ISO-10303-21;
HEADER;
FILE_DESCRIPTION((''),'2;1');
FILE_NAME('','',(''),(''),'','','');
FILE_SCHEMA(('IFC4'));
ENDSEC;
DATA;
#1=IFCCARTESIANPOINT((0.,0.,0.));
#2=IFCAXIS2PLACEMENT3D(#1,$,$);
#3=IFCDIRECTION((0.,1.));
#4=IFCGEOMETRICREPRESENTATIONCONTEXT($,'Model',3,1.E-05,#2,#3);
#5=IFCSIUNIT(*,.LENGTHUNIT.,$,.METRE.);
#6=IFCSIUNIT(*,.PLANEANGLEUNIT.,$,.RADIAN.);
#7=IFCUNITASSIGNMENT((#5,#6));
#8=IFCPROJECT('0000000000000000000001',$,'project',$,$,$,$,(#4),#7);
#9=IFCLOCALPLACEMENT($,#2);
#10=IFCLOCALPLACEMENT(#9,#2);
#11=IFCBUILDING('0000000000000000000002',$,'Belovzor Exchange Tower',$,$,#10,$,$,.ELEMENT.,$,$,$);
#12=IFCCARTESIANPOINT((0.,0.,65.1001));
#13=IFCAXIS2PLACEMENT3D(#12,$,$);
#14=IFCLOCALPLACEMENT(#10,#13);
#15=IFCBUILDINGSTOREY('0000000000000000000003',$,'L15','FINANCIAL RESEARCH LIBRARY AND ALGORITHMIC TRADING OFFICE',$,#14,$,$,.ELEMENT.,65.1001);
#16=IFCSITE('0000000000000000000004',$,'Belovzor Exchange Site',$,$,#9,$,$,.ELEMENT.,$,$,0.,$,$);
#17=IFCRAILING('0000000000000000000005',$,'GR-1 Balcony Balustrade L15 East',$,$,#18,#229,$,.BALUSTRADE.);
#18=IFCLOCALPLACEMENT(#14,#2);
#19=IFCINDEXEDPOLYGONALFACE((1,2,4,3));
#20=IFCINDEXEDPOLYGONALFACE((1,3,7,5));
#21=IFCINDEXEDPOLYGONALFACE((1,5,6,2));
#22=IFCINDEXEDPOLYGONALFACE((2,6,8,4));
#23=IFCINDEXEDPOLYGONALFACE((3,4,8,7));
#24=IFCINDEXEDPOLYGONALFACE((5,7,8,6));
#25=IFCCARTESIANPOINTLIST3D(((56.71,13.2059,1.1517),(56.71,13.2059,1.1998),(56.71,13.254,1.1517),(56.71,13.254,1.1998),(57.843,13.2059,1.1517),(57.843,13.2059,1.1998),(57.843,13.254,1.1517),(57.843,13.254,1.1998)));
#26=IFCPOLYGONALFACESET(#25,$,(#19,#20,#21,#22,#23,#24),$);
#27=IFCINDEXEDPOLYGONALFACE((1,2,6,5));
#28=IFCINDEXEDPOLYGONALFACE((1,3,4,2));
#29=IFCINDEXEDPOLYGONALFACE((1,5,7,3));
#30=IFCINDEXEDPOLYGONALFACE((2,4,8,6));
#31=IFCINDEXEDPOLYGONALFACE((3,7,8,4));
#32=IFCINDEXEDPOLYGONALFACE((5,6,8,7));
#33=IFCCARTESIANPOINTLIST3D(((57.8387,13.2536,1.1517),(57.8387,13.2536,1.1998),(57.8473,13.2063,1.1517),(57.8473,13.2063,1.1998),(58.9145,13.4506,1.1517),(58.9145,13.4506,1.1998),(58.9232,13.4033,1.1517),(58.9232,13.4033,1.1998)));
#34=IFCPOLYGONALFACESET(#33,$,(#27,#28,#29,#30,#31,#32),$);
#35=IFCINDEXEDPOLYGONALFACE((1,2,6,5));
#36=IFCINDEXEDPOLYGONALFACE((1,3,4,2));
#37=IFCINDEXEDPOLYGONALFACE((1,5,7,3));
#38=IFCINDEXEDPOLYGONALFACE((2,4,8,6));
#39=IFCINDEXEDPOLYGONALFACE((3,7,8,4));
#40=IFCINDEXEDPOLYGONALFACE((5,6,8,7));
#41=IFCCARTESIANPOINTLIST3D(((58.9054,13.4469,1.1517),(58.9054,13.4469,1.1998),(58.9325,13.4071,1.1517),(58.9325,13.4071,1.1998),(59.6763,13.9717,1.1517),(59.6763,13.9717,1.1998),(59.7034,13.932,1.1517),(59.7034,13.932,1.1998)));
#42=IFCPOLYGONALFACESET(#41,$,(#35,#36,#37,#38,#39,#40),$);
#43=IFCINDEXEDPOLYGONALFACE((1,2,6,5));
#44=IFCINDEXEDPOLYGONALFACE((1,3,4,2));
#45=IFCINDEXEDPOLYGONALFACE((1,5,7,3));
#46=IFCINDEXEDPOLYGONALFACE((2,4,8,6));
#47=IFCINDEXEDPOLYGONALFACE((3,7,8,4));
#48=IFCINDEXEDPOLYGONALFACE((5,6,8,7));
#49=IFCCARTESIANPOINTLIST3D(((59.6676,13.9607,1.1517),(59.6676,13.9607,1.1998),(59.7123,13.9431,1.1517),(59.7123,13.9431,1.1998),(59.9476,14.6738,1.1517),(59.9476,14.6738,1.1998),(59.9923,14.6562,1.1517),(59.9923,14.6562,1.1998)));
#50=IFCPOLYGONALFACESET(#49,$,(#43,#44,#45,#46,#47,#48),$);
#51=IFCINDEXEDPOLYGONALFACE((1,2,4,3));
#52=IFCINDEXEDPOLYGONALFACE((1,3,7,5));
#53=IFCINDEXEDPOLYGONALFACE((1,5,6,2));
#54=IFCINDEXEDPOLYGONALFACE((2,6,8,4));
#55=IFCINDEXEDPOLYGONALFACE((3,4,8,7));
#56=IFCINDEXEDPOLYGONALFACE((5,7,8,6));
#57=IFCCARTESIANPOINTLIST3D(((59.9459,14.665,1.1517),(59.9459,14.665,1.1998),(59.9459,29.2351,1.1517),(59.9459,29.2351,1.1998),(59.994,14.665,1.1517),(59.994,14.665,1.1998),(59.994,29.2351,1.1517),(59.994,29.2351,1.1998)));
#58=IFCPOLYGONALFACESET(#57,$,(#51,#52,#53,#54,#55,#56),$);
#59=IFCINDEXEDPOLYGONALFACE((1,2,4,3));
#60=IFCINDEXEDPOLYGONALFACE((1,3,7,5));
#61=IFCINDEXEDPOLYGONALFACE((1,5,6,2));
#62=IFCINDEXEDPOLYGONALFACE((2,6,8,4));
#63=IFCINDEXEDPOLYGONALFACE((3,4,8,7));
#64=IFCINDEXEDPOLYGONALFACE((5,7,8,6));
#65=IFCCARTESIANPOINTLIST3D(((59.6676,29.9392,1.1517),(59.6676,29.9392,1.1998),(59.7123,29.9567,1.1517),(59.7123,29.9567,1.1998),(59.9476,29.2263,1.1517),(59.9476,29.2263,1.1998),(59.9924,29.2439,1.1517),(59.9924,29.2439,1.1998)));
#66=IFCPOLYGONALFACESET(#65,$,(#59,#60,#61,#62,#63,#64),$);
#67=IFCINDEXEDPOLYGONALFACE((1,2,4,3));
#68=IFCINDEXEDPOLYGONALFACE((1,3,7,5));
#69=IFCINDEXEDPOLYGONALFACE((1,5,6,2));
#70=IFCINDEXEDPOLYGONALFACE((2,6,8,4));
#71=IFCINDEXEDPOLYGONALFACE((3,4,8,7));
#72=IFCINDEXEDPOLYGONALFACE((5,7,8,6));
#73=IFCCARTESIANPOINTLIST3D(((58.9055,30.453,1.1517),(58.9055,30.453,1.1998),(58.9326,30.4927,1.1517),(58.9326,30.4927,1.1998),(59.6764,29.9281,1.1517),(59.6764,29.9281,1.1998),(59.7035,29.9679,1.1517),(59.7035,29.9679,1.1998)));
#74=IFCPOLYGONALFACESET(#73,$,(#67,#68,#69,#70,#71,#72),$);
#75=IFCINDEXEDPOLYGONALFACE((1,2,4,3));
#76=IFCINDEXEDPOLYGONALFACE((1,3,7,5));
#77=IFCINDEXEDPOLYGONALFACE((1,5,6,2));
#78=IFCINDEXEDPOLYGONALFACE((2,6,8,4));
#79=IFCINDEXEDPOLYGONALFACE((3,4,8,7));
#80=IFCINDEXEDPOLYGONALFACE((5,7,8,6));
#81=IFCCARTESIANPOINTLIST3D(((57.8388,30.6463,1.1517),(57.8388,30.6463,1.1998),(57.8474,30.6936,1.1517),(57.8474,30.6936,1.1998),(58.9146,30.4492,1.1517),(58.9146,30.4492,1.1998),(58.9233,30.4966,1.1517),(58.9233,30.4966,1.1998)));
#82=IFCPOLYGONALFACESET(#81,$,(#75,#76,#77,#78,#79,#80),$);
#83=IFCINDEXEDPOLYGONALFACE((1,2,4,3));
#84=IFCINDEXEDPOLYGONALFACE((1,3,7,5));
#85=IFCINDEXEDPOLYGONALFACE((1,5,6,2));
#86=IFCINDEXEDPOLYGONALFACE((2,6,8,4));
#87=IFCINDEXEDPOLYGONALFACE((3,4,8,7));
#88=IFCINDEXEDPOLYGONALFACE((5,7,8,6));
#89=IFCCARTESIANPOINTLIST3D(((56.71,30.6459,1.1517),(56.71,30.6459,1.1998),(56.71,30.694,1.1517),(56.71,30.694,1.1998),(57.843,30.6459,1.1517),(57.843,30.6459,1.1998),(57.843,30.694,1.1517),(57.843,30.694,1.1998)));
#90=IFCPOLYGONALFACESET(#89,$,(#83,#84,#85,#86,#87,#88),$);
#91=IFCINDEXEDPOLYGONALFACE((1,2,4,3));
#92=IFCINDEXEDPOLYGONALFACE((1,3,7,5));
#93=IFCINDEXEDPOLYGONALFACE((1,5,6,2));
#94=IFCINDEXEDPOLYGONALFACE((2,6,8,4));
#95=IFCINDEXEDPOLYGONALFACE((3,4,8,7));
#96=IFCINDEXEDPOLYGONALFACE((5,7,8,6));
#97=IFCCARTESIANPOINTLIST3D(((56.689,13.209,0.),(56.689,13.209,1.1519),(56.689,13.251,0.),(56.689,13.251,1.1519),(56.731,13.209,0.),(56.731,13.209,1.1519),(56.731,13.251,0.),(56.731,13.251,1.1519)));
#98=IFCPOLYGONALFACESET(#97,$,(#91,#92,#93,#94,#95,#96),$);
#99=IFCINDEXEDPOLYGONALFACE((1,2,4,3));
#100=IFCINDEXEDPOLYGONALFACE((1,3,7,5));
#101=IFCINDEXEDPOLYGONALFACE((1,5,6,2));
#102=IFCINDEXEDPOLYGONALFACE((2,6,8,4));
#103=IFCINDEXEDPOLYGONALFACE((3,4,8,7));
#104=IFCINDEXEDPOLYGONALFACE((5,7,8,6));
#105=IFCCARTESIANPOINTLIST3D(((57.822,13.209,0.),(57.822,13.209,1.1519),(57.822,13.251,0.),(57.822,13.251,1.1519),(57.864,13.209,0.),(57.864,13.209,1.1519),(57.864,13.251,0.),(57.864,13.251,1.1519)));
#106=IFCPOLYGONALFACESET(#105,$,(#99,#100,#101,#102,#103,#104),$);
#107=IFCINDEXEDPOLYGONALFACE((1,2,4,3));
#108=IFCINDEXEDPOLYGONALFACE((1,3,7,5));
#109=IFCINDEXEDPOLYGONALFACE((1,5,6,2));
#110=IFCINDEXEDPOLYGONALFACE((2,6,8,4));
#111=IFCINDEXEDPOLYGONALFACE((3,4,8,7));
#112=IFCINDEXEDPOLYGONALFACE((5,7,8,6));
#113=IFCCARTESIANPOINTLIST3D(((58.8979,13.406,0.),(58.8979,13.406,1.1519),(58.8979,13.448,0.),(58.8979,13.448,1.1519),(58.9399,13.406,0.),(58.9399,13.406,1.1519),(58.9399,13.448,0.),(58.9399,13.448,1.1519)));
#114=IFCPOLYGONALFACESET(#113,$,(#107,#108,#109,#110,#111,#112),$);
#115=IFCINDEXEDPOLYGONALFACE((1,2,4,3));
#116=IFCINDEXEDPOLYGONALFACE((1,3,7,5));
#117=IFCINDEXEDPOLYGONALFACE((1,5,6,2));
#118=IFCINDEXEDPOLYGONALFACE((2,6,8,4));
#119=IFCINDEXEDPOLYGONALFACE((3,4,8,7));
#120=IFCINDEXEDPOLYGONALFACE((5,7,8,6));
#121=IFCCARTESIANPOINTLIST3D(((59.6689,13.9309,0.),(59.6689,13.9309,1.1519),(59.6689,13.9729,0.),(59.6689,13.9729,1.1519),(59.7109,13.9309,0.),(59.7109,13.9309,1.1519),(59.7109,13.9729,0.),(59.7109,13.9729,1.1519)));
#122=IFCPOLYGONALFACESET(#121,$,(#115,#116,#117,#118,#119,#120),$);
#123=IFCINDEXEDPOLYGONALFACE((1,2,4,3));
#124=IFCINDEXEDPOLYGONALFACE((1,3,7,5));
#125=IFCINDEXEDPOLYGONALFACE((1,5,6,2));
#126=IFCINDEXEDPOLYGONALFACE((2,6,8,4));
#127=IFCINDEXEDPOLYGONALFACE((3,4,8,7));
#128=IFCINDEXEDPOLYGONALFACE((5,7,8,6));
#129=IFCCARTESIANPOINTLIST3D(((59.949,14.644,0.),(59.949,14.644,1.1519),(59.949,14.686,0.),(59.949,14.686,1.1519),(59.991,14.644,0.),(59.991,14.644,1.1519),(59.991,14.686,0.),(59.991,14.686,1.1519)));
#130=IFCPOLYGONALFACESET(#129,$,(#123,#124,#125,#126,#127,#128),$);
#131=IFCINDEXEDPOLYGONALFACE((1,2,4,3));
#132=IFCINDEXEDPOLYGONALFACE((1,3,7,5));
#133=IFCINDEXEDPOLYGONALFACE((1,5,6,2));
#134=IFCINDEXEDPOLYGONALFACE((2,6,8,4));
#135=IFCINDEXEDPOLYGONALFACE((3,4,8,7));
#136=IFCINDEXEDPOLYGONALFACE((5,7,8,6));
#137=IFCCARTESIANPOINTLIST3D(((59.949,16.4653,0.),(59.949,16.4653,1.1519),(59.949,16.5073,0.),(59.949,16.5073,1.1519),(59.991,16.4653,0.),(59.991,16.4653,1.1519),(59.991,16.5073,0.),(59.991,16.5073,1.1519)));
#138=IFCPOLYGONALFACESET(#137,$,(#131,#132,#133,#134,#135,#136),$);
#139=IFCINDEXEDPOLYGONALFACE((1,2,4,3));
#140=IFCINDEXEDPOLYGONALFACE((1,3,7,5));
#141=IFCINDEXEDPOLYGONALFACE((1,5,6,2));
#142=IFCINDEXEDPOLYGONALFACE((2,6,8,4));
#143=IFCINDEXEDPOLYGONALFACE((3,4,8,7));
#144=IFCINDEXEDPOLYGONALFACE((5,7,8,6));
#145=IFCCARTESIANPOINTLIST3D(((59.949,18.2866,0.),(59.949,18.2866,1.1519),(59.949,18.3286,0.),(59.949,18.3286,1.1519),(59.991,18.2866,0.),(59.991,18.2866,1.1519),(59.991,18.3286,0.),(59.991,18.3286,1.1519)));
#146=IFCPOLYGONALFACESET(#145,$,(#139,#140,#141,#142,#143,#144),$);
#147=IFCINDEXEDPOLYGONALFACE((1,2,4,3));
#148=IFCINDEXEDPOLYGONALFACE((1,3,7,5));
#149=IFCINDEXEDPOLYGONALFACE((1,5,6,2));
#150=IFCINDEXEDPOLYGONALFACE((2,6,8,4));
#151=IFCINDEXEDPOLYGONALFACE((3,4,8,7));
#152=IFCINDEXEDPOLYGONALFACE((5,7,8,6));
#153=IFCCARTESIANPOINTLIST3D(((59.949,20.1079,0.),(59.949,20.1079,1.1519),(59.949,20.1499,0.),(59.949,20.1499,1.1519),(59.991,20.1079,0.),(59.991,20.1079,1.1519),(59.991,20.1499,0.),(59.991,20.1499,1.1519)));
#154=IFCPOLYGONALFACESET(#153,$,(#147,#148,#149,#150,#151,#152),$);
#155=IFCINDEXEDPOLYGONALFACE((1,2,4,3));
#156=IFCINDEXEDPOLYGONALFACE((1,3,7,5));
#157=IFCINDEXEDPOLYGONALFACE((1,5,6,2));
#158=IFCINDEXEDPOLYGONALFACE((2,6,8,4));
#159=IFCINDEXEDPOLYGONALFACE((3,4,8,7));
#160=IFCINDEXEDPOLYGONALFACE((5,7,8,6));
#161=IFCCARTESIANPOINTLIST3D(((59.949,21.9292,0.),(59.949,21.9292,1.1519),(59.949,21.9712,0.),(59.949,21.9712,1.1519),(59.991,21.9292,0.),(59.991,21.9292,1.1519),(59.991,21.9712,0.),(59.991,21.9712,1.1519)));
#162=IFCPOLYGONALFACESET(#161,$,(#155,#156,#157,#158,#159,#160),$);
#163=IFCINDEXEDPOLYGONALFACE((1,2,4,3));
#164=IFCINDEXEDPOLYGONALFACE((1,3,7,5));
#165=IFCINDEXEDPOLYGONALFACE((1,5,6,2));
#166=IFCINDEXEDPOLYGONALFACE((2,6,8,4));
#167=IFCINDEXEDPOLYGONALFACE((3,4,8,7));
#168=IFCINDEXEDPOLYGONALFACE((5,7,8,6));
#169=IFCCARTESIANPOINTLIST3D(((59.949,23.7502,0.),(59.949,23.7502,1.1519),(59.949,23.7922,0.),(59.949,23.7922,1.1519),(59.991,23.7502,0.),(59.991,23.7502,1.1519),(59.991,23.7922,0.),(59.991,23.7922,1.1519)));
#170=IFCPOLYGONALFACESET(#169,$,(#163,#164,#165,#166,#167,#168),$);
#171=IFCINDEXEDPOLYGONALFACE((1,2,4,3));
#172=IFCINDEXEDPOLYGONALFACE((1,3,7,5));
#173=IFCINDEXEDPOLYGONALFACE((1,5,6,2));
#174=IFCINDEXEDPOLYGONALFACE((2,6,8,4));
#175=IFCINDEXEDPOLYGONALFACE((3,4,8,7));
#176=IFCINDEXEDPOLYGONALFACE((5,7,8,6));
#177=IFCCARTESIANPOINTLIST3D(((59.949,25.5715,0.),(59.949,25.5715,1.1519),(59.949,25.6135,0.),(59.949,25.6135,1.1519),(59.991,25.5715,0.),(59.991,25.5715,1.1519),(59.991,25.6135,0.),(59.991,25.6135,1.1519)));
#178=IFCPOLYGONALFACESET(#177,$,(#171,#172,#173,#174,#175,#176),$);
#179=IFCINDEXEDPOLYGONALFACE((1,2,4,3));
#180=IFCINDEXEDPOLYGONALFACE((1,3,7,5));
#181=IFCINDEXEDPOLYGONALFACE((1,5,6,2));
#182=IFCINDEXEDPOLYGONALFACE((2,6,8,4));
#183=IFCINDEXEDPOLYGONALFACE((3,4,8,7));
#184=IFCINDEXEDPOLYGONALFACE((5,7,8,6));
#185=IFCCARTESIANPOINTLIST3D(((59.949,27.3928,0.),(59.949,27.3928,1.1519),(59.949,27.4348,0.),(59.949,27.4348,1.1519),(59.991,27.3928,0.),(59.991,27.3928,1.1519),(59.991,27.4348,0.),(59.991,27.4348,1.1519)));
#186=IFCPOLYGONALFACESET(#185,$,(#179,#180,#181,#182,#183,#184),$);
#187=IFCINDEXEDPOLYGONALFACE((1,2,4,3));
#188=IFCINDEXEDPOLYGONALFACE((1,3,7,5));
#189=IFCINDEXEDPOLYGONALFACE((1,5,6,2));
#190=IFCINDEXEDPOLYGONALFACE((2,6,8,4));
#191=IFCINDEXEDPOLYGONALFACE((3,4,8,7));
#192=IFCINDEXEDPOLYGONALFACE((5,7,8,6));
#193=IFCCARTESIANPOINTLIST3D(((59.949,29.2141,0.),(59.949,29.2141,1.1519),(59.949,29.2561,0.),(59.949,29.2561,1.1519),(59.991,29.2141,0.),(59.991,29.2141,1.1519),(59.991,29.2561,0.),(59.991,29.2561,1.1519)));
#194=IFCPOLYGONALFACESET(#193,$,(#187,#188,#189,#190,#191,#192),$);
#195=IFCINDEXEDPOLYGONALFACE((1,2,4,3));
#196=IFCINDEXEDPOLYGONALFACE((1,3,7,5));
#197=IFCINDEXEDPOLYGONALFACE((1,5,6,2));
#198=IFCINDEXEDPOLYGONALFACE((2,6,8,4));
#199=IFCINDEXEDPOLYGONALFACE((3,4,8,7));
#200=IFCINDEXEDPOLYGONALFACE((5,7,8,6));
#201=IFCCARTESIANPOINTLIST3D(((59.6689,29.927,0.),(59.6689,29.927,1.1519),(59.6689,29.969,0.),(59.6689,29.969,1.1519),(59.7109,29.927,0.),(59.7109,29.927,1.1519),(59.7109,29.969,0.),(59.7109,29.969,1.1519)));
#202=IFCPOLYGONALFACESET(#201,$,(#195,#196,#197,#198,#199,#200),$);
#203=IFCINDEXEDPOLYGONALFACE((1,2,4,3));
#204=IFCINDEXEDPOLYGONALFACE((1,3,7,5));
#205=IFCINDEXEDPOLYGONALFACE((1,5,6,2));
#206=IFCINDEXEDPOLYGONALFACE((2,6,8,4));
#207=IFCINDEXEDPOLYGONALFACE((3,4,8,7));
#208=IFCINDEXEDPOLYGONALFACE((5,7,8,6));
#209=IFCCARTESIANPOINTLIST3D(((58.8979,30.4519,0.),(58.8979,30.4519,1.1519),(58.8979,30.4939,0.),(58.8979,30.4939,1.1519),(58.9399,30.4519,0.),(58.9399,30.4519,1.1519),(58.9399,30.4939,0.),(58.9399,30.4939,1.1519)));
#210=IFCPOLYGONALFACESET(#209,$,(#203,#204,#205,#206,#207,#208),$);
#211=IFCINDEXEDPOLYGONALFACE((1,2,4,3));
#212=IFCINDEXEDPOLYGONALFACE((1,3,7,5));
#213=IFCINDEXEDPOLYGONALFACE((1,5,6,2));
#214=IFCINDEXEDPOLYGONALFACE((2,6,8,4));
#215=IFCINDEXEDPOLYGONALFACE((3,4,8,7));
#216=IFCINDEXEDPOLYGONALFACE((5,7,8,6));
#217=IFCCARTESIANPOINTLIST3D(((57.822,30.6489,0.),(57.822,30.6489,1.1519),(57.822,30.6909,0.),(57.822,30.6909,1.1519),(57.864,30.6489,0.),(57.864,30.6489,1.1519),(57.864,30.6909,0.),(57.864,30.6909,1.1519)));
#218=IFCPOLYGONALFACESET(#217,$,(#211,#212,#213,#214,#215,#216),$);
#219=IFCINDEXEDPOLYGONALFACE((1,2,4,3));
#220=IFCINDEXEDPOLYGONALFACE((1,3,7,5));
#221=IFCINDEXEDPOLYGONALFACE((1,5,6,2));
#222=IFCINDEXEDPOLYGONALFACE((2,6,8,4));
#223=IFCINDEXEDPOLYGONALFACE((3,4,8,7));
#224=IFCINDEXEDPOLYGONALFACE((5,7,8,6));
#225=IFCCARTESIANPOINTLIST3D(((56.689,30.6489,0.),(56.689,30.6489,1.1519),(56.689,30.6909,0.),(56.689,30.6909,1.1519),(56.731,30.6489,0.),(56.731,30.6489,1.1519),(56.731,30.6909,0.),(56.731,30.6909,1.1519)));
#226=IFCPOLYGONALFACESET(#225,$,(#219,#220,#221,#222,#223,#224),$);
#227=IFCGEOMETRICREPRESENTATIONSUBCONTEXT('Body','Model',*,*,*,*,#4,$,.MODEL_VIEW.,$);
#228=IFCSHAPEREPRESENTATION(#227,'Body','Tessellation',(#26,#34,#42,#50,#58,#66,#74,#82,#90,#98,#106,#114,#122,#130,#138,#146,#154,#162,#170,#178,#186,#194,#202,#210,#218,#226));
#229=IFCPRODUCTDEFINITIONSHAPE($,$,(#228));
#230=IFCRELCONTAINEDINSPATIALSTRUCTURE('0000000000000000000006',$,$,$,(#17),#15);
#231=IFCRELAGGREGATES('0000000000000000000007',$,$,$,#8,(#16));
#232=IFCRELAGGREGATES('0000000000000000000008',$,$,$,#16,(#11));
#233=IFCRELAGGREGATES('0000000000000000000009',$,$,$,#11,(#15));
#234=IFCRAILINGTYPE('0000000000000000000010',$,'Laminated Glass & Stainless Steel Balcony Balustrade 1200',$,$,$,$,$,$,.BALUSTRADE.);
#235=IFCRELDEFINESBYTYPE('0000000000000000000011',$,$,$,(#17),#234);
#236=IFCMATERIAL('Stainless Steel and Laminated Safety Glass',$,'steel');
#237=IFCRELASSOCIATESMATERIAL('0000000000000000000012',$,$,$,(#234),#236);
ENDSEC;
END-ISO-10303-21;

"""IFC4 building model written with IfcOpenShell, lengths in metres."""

from ifc_helpers import new_model, si_unit, direction, frame, origin, origin_2d, place, context, subcontext, project, spatial, rectangle, extrude, material, type_object, element, save


model = new_model("IFC4")

# Units and contexts
model_context = context("Model", 3, precision=1e-05, world=origin(), true_north=direction((0.0, 1.0)))
body_context = subcontext(model_context, "Body", "Model", "MODEL_VIEW")
ifc_project = project(units=[si_unit("LENGTHUNIT", "METRE"), si_unit("PLANEANGLEUNIT", "RADIAN")], contexts=[model_context])

# Site, building, storey
site_placement = place(None, origin())
site = spatial("IfcSite", under=ifc_project, at=site_placement, Name="Belovzor Exchange Site", CompositionType="ELEMENT", RefElevation=0.0)
building_placement = place(site_placement, origin())
building = spatial("IfcBuilding", under=site, at=building_placement, Name="Belovzor Exchange Tower", CompositionType="ELEMENT")
storey_placement = place(building_placement, frame((0.0, 0.0, 65.1001)))
storey = spatial("IfcBuildingStorey", under=building, at=storey_placement, Name="L15", Description="FINANCIAL RESEARCH LIBRARY AND ALGORITHMIC TRADING OFFICE", CompositionType="ELEMENT", Elevation=65.1001)

# Railing
ifc_material_1 = material(Name="Stainless Steel and Laminated Safety Glass", Category="steel")
railing_type = type_object("IfcRailingType", Name="Laminated Glass & Stainless Steel Balcony Balustrade 1200", PredefinedType="BALUSTRADE", material=ifc_material_1)
railing_placement = place(storey_placement, frame((56.71, 13.23, 0.0)))
element("IfcRailing", 1, at=railing_placement, inside=storey, type_object=railing_type, Name="GR-1 Balcony Balustrade L15 East", PredefinedType="BALUSTRADE", context=body_context, shape_type="SweptSolid", body=[
    extrude(rectangle(XDim=0.0481, YDim=0.0481, at=origin_2d()), frame((0.0, 0.0, 1.1758), z_axis=(1.0, 0.0, 0.0), x_axis=(0.0, 1.0, 0.0)), (0.0, 0.0, 1.0), 1.1331),
    extrude(rectangle(XDim=0.0481, YDim=0.0481, at=origin_2d()), frame((1.1331, 0.0, 1.1758), z_axis=(0.983644, 0.180123, 0.0), x_axis=(-0.180123, 0.983644, 0.0)), (0.0, 0.0, 1.0), 1.0938),
    extrude(rectangle(XDim=0.0481, YDim=0.0481, at=origin_2d()), frame((2.209, 0.197, 1.1758), z_axis=(0.826615, 0.562768, 0.0), x_axis=(-0.562768, 0.826615, 0.0)), (0.0, 0.0, 1.0), 0.9326),
    extrude(rectangle(XDim=0.0481, YDim=0.0481, at=origin_2d()), frame((2.98, 0.7219, 1.1758), z_axis=(0.365504, 0.93081, 0.0), x_axis=(-0.93081, 0.365504, 0.0)), (0.0, 0.0, 1.0), 0.7661),
    extrude(rectangle(XDim=0.0481, YDim=0.0481, at=origin_2d()), frame((3.26, 1.4351, 1.1758), z_axis=(0.0, 1.0, 0.0), x_axis=(-1.0, 0.0, 0.0)), (0.0, 0.0, 1.0), 14.5701),
    extrude(rectangle(XDim=0.0481, YDim=0.0481, at=origin_2d()), frame((3.26, 16.0051, 1.1758), z_axis=(-0.365613, 0.930767, 0.0), x_axis=(-0.930767, -0.365613, 0.0)), (0.0, 0.0, 1.0), 0.7659),
    extrude(rectangle(XDim=0.0481, YDim=0.0481, at=origin_2d()), frame((2.98, 16.718, 1.1758), z_axis=(-0.826615, 0.562768, 0.0), x_axis=(-0.562768, -0.826615, 0.0)), (0.0, 0.0, 1.0), 0.9326),
    extrude(rectangle(XDim=0.0481, YDim=0.0481, at=origin_2d()), frame((2.209, 17.2429, 1.1758), z_axis=(-0.983644, 0.180123, 0.0), x_axis=(-0.180123, -0.983644, 0.0)), (0.0, 0.0, 1.0), 1.0938),
    extrude(rectangle(XDim=0.0481, YDim=0.0481, at=origin_2d()), frame((1.1331, 17.4399, 1.1758), z_axis=(-1.0, 0.0, 0.0), x_axis=(0.0, -1.0, 0.0)), (0.0, 0.0, 1.0), 1.1331),
    extrude(rectangle(XDim=0.042, YDim=0.042, at=origin_2d()), origin(), (0.0, 0.0, 1.0), 1.1519),
    extrude(rectangle(XDim=0.042, YDim=0.042, at=origin_2d()), frame((1.1331, 0.0, 0.0)), (0.0, 0.0, 1.0), 1.1519),
    extrude(rectangle(XDim=0.042, YDim=0.042, at=origin_2d()), frame((2.209, 0.197, 0.0)), (0.0, 0.0, 1.0), 1.1519),
    extrude(rectangle(XDim=0.042, YDim=0.042, at=origin_2d()), frame((2.98, 0.7219, 0.0)), (0.0, 0.0, 1.0), 1.1519),
    extrude(rectangle(XDim=0.042, YDim=0.042, at=origin_2d()), frame((3.26, 1.4351, 0.0)), (0.0, 0.0, 1.0), 1.1519),
    extrude(rectangle(XDim=0.042, YDim=0.042, at=origin_2d()), frame((3.26, 3.2563, 0.0)), (0.0, 0.0, 1.0), 1.1519),
    extrude(rectangle(XDim=0.042, YDim=0.042, at=origin_2d()), frame((3.26, 5.0776, 0.0)), (0.0, 0.0, 1.0), 1.1519),
    extrude(rectangle(XDim=0.042, YDim=0.042, at=origin_2d()), frame((3.26, 6.8989, 0.0)), (0.0, 0.0, 1.0), 1.1519),
    extrude(rectangle(XDim=0.042, YDim=0.042, at=origin_2d()), frame((3.26, 8.7202, 0.0)), (0.0, 0.0, 1.0), 1.1519),
    extrude(rectangle(XDim=0.042, YDim=0.042, at=origin_2d()), frame((3.26, 10.5413, 0.0)), (0.0, 0.0, 1.0), 1.1519),
    extrude(rectangle(XDim=0.042, YDim=0.042, at=origin_2d()), frame((3.26, 12.3625, 0.0)), (0.0, 0.0, 1.0), 1.1519),
    extrude(rectangle(XDim=0.042, YDim=0.042, at=origin_2d()), frame((3.26, 14.1838, 0.0)), (0.0, 0.0, 1.0), 1.1519),
    extrude(rectangle(XDim=0.042, YDim=0.042, at=origin_2d()), frame((3.26, 16.0051, 0.0)), (0.0, 0.0, 1.0), 1.1519),
    extrude(rectangle(XDim=0.042, YDim=0.042, at=origin_2d()), frame((2.98, 16.718, 0.0)), (0.0, 0.0, 1.0), 1.1519),
    extrude(rectangle(XDim=0.042, YDim=0.042, at=origin_2d()), frame((2.209, 17.2429, 0.0)), (0.0, 0.0, 1.0), 1.1519),
    extrude(rectangle(XDim=0.042, YDim=0.042, at=origin_2d()), frame((1.1331, 17.4399, 0.0)), (0.0, 0.0, 1.0), 1.1519),
    extrude(rectangle(XDim=0.042, YDim=0.042, at=origin_2d()), frame((0.0, 17.4399, 0.0)), (0.0, 0.0, 1.0), 1.1519),
])

save(model, "model.ifc")
